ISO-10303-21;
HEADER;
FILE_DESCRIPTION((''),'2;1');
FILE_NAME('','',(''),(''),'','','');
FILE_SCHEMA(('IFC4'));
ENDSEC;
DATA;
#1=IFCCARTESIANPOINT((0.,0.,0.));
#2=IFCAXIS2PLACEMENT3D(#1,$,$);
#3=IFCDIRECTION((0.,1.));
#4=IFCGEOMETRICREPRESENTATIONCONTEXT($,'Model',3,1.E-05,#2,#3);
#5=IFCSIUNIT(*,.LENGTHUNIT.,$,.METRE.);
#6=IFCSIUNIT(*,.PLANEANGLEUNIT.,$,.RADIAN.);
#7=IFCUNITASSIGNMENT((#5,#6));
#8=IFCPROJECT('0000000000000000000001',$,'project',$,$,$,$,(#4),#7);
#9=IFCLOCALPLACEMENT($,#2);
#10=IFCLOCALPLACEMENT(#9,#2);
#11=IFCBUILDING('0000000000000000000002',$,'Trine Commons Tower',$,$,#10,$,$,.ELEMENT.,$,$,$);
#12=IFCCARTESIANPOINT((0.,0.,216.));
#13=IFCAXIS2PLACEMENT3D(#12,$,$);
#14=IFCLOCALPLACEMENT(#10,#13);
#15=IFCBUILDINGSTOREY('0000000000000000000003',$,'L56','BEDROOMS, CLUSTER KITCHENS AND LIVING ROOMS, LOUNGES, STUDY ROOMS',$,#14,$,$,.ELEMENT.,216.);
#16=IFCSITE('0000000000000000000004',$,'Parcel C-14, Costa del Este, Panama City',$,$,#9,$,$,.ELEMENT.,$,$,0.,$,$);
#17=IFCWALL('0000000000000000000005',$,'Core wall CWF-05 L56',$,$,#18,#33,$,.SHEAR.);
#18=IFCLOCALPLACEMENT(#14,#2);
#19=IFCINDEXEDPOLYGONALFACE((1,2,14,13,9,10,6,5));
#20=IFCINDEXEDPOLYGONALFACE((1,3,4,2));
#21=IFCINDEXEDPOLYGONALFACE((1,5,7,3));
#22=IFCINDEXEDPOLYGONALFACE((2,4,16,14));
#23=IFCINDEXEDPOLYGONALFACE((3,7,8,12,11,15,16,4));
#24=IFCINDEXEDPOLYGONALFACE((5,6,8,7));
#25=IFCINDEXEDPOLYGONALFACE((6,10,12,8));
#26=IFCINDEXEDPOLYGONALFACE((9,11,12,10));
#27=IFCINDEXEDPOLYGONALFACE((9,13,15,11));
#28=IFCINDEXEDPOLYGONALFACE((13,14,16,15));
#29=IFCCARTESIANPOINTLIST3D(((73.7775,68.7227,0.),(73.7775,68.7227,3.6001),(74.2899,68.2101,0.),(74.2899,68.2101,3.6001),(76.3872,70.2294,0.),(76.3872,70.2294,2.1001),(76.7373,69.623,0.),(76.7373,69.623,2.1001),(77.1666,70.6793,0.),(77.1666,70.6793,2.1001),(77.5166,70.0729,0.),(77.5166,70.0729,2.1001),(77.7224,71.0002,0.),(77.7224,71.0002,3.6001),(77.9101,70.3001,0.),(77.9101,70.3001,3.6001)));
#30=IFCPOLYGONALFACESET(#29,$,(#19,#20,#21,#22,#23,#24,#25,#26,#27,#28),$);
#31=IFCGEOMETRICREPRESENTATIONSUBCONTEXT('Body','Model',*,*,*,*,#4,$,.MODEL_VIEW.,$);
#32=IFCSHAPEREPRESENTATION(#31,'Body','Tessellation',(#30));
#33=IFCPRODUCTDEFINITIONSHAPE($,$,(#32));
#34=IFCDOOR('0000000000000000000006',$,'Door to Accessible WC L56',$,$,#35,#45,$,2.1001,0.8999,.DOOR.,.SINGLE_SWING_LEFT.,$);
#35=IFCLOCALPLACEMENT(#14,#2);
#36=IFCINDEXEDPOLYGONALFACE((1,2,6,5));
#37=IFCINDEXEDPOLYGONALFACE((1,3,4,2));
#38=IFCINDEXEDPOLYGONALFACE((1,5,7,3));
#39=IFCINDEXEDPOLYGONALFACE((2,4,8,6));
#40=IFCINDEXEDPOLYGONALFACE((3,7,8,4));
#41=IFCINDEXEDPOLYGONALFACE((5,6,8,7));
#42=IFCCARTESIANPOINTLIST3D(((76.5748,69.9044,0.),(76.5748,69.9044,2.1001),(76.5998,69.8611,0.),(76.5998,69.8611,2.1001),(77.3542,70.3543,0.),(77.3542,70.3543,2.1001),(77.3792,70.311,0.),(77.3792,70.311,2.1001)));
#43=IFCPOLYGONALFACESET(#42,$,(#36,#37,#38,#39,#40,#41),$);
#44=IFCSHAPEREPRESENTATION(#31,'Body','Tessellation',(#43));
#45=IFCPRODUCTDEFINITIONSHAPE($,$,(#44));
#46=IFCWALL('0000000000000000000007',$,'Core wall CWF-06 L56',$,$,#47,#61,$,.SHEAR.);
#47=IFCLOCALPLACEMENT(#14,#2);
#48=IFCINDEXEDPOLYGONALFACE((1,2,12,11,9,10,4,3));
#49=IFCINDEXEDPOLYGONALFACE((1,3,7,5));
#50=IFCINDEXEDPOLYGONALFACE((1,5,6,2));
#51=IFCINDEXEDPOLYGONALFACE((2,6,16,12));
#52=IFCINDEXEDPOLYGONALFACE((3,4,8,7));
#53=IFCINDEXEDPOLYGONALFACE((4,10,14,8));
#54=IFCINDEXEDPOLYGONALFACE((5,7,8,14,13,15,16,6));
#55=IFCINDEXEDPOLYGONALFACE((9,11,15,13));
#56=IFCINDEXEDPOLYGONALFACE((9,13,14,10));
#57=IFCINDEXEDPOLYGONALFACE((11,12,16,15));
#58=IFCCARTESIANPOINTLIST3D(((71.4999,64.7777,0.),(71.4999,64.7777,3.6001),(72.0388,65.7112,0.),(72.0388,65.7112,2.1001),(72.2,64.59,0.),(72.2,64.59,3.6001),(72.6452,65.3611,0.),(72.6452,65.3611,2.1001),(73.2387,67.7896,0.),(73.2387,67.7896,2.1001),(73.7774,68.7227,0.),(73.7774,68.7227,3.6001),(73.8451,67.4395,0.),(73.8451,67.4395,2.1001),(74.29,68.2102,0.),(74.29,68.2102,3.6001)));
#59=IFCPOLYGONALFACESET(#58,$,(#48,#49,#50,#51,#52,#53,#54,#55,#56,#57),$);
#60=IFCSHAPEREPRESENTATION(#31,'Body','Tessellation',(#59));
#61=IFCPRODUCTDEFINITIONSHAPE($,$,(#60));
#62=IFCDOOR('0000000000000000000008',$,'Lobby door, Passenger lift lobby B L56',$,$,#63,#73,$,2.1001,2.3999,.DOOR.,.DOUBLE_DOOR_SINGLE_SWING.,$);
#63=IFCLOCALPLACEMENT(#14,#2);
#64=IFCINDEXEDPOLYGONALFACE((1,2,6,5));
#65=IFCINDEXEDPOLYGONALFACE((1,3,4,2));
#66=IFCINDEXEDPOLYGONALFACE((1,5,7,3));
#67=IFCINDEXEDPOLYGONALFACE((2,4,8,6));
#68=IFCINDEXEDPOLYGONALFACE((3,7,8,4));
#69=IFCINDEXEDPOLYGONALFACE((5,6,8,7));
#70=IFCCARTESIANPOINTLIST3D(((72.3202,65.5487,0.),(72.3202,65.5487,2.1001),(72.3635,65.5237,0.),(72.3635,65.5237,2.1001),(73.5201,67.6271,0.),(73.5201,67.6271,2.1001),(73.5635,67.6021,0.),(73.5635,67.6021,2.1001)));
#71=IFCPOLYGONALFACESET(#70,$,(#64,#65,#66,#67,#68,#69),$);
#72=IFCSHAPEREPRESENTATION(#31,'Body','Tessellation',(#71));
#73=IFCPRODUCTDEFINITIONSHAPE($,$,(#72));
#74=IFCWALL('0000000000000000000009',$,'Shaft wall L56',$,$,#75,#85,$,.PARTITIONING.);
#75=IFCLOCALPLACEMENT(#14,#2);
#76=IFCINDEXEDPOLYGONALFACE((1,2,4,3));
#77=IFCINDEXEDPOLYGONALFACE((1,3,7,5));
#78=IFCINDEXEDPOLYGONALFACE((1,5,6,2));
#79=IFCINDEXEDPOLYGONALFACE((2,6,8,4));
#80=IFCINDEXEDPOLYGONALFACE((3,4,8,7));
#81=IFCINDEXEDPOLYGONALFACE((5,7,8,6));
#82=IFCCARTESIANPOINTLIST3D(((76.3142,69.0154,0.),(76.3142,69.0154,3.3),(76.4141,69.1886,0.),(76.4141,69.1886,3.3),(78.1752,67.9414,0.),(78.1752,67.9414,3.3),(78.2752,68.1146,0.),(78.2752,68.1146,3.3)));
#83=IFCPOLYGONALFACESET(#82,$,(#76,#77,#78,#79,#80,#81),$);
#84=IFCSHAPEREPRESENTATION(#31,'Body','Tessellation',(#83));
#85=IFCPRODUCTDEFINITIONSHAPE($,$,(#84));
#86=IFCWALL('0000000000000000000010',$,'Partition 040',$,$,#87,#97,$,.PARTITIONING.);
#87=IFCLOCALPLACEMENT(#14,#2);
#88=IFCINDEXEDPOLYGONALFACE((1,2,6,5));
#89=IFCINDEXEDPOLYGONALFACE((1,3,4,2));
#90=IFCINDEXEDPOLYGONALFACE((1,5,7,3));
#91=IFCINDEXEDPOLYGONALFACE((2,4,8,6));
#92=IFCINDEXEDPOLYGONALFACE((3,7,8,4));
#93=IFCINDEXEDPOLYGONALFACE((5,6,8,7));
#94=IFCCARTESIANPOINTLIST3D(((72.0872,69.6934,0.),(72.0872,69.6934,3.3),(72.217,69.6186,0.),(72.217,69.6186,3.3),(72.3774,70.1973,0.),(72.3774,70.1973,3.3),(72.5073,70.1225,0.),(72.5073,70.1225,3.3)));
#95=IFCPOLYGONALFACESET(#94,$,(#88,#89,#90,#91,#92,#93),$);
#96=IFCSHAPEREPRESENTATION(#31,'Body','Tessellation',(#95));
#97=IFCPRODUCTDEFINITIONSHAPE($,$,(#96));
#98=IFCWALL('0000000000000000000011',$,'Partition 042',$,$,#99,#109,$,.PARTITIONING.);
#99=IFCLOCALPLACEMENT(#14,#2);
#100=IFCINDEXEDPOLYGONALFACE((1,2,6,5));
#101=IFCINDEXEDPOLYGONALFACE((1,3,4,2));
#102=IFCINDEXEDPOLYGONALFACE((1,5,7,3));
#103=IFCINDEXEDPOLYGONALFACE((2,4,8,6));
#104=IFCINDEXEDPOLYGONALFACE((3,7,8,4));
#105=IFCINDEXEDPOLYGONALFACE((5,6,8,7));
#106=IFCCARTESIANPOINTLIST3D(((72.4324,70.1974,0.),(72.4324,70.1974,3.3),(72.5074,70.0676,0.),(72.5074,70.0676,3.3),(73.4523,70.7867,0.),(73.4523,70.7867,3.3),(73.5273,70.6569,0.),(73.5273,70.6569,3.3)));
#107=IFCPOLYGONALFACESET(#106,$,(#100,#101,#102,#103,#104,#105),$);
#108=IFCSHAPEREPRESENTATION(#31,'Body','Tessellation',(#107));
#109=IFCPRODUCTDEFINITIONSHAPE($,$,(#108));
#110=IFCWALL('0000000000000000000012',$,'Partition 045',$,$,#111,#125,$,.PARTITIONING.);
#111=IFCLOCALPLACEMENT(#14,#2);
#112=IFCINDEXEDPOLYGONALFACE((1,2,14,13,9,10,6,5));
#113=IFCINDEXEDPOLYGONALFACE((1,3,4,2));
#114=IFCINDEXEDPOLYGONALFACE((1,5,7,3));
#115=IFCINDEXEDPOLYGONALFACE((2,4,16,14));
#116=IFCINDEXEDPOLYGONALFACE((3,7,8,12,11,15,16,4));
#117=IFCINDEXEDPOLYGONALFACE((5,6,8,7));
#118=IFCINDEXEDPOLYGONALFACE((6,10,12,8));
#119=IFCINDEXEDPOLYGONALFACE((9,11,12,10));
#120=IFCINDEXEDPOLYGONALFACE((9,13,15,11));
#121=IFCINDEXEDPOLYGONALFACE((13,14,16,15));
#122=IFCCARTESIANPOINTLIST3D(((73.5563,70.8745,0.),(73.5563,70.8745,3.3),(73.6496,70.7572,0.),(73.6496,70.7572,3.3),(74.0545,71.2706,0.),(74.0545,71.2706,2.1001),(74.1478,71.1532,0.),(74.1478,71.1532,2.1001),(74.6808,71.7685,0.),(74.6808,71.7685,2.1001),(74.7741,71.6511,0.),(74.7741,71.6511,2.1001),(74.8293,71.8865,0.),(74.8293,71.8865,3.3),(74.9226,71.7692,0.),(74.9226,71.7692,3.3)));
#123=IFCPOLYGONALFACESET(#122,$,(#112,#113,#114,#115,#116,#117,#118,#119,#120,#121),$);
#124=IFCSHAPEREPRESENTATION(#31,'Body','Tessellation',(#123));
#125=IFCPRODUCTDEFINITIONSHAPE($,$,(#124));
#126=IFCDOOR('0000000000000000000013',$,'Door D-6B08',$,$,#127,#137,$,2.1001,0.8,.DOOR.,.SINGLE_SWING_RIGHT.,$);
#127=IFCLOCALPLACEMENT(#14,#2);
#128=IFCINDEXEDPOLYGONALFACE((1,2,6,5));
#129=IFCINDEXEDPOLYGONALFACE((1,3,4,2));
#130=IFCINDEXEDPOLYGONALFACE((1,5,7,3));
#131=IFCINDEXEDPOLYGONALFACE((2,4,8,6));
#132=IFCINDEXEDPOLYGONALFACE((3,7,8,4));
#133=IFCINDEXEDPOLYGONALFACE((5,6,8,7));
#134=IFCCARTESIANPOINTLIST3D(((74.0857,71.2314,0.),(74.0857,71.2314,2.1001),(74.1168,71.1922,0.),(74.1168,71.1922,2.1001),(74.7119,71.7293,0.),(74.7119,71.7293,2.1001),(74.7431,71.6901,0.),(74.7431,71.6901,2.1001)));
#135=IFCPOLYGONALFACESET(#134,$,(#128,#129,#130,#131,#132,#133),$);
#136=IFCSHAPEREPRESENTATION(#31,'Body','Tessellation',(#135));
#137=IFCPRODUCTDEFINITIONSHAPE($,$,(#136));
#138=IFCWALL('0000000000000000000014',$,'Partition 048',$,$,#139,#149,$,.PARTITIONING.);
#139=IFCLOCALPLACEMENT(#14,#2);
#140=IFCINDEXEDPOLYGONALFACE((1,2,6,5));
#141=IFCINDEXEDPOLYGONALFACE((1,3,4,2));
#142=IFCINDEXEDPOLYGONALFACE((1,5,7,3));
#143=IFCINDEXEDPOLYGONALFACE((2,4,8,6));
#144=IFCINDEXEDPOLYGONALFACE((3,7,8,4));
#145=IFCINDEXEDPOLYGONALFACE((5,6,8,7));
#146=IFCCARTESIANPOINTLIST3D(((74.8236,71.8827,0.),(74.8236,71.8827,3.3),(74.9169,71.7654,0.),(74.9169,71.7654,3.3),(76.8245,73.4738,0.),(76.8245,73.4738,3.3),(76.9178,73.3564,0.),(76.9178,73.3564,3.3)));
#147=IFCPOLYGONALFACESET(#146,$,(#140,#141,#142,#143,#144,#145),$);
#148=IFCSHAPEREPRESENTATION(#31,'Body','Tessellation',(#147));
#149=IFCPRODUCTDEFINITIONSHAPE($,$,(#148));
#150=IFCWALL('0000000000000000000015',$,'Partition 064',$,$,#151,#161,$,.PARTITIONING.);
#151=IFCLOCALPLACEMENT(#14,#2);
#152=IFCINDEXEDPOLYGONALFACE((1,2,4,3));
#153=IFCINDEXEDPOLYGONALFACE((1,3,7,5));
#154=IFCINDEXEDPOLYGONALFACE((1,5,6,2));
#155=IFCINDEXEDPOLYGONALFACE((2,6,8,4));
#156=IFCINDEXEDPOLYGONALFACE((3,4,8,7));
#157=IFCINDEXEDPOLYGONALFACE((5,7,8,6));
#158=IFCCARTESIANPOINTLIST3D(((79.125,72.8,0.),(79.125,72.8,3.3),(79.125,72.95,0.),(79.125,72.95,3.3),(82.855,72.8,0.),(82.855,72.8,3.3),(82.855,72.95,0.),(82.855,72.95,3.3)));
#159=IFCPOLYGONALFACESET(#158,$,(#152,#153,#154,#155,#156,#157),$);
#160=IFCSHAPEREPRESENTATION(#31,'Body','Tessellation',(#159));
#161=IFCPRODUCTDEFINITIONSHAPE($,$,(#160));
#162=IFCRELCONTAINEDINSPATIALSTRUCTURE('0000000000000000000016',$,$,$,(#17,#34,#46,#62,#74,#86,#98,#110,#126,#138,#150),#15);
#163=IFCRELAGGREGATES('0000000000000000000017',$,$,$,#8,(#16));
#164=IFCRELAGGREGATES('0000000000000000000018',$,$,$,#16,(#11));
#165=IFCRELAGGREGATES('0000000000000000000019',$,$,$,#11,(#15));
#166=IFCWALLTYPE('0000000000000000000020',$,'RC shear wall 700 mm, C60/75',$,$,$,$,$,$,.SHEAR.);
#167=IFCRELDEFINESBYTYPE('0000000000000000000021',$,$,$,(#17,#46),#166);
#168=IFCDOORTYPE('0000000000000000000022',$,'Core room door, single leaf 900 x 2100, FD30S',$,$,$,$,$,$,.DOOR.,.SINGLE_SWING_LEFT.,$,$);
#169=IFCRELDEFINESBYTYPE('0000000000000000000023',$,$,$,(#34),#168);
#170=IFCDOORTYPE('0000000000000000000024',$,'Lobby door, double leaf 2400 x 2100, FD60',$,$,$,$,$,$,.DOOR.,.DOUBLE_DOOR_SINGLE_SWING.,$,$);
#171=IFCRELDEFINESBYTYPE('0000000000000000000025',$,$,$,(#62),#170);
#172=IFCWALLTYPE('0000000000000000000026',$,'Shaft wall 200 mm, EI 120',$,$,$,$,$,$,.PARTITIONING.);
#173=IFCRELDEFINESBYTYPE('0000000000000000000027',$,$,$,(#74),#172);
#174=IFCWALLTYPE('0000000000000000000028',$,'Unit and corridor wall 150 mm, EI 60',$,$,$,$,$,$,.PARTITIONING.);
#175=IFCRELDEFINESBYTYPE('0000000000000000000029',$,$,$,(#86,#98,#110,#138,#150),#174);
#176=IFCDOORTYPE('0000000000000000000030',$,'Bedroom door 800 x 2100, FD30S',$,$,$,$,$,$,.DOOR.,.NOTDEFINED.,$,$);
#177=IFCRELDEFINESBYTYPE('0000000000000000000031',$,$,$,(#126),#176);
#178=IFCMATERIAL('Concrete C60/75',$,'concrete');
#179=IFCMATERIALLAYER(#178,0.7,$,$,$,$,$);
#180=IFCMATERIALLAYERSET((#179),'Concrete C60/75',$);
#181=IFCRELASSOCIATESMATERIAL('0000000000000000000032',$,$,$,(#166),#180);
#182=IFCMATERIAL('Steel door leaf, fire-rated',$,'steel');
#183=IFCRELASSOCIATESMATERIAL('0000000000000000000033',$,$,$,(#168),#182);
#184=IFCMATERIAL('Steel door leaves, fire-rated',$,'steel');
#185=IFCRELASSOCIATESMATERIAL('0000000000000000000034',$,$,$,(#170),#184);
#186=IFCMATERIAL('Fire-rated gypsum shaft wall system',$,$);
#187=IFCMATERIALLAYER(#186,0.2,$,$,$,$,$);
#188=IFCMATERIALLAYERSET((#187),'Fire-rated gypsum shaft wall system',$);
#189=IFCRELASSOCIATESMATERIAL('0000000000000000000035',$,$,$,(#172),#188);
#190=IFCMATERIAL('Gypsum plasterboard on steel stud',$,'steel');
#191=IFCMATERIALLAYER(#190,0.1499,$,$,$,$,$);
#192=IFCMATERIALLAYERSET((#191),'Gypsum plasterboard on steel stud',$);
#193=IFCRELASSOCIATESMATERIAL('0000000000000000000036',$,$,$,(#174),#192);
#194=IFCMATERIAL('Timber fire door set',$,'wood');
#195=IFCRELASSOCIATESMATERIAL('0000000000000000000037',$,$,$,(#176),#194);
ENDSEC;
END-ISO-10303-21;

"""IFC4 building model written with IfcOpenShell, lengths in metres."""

from ifc_helpers import new_model, si_unit, direction, frame, frame_2d, origin, place, context, subcontext, project, spatial, polyline, rectangle, outline, extrude, material, layer, layer_set, type_object, element, fill, save


model = new_model("IFC4")

# Units and contexts
model_context = context("Model", 3, precision=1e-05, world=origin(), true_north=direction((0.0, 1.0)))
body_context = subcontext(model_context, "Body", "Model", "MODEL_VIEW")
ifc_project = project(units=[si_unit("LENGTHUNIT", "METRE"), si_unit("PLANEANGLEUNIT", "RADIAN")], contexts=[model_context])

# Site, building, storey
site_placement = place(None, origin())
site = spatial("IfcSite", under=ifc_project, at=site_placement, Name="Parcel C-14, Costa del Este, Panama City", CompositionType="ELEMENT", RefElevation=0.0)
building_placement = place(site_placement, origin())
building = spatial("IfcBuilding", under=site, at=building_placement, Name="Trine Commons Tower", CompositionType="ELEMENT")
storey_placement = place(building_placement, frame((0.0, 0.0, 216.0)))
storey = spatial("IfcBuildingStorey", under=building, at=storey_placement, Name="L56", Description="BEDROOMS, CLUSTER KITCHENS AND LIVING ROOMS, LOUNGES, STUDY ROOMS", CompositionType="ELEMENT", Elevation=216.0)

# Walls, openings, doors
ifc_material_1 = material(Name="Concrete C60/75", Category="concrete")
ifc_layer_1 = layer(ifc_material_1, 0.7)
ifc_layer_set_1 = layer_set([ifc_layer_1], Name="Concrete C60/75")
wall_type_1 = type_object("IfcWallType", Name="RC shear wall 700 mm, C60/75", PredefinedType="SHEAR", material=ifc_layer_set_1)
wall_1_placement = place(storey_placement, frame((77.8975, 70.697, 0.0), z_axis=(0.0, 0.0, 1.0), x_axis=(-0.866035, -0.499984, 0.0)))
wall_1 = element("IfcWall", 1, at=wall_1_placement, inside=storey, type_object=wall_type_1, Name="Core wall CWF-05 L56", PredefinedType="SHEAR", context=body_context, shape_type="SweptSolid", body=[
    extrude(outline(polyline([(0.0, -0.3501), (4.5552, -0.3501), (4.3677, 0.3501), (0.1875, 0.3501), (0.0, -0.3501)])), origin(), (0.0, 0.0, 1.0), 3.6001),
])
opening_1_placement = place(wall_1_placement, frame((0.6418, 0.0, 0.0)))
opening_1 = element("IfcOpeningElement", 2, at=opening_1_placement, cuts=wall_1, PredefinedType="OPENING", context=body_context, shape_type="SweptSolid", body=[
    extrude(rectangle(XDim=0.8999, YDim=2.1001, at=frame_2d((0.45, 1.05))), frame((0.0, 0.3599, 0.0), z_axis=(0.0, -1.0, 0.0), x_axis=(1.0, 0.0, 0.0)), (0.0, 0.0, 1.0), 0.72),
])
ifc_material_2 = material(Name="Steel door leaf, fire-rated", Category="steel")
door_type_1 = type_object("IfcDoorType", Name="Core room door, single leaf 900 x 2100, FD30S", OperationType="SINGLE_SWING_LEFT", PredefinedType="DOOR", material=ifc_material_2)
door_1_placement = place(opening_1_placement, origin())
door_1 = element("IfcDoor", 3, at=door_1_placement, inside=storey, type_object=door_type_1, Name="Door to Accessible WC L56", OperationType="SINGLE_SWING_LEFT", OverallHeight=2.1001, OverallWidth=0.8999, PredefinedType="DOOR", context=body_context, shape_type="SweptSolid", body=[
    extrude(rectangle(XDim=0.8999, YDim=2.1001, at=frame_2d((0.45, 1.05))), frame((0.0, 0.0752, 0.0), z_axis=(0.0, -1.0, 0.0), x_axis=(1.0, 0.0, 0.0)), (0.0, 0.0, 1.0), 0.05),
])
fill(opening_1, door_1)
wall_2_placement = place(storey_placement, frame((74.0806, 68.5476, 0.0), z_axis=(0.0, 0.0, 1.0), x_axis=(-0.499984, -0.866035, 0.0)))
wall_2 = element("IfcWall", 4, at=wall_2_placement, inside=storey, type_object=wall_type_1, Name="Core wall CWF-06 L56", PredefinedType="SHEAR", context=body_context, shape_type="SweptSolid", body=[
    extrude(outline(polyline([(0.0, -0.3501), (4.5552, -0.3501), (4.3677, 0.3501), (0.1875, 0.3501), (0.0, -0.3501)])), origin(), (0.0, 0.0, 1.0), 3.6001),
])
opening_2_placement = place(wall_2_placement, frame((1.0774, 0.0, 0.0)))
opening_2 = element("IfcOpeningElement", 5, at=opening_2_placement, cuts=wall_2, PredefinedType="OPENING", context=body_context, shape_type="SweptSolid", body=[
    extrude(rectangle(XDim=2.3999, YDim=2.1001, at=frame_2d((1.2, 1.05))), frame((0.0, 0.3599, 0.0), z_axis=(0.0, -1.0, 0.0), x_axis=(1.0, 0.0, 0.0)), (0.0, 0.0, 1.0), 0.72),
])
ifc_material_3 = material(Name="Steel door leaves, fire-rated", Category="steel")
door_type_2 = type_object("IfcDoorType", Name="Lobby door, double leaf 2400 x 2100, FD60", OperationType="DOUBLE_DOOR_SINGLE_SWING", PredefinedType="DOOR", material=ifc_material_3)
door_2_placement = place(opening_2_placement, origin())
door_2 = element("IfcDoor", 6, at=door_2_placement, inside=storey, type_object=door_type_2, Name="Lobby door, Passenger lift lobby B L56", OperationType="DOUBLE_DOOR_SINGLE_SWING", OverallHeight=2.1001, OverallWidth=2.3999, PredefinedType="DOOR", context=body_context, shape_type="SweptSolid", body=[
    extrude(rectangle(XDim=2.3999, YDim=2.1001, at=frame_2d((1.2, 1.05))), frame((0.0, 0.0249, 0.0), z_axis=(0.0, -1.0, 0.0), x_axis=(1.0, 0.0, 0.0)), (0.0, 0.0, 1.0), 0.05),
])
fill(opening_2, door_2)

# Walls
ifc_material_4 = material(Name="Fire-rated gypsum shaft wall system")
ifc_layer_2 = layer(ifc_material_4, 0.2)
ifc_layer_set_2 = layer_set([ifc_layer_2], Name="Fire-rated gypsum shaft wall system")
wall_type_2 = type_object("IfcWallType", Name="Shaft wall 200 mm, EI 120", PredefinedType="PARTITIONING", material=ifc_layer_set_2)
wall_3_placement = place(storey_placement, frame((78.2251, 68.0281, 0.0), z_axis=(0.0, 0.0, 1.0), x_axis=(-0.866131, 0.499818, 0.0)))
element("IfcWall", 7, at=wall_3_placement, inside=storey, type_object=wall_type_2, Name="Shaft wall L56", PredefinedType="PARTITIONING", context=body_context, shape_type="SweptSolid", body=[
    extrude(rectangle(XDim=2.1487, YDim=0.2, at=frame_2d((1.0742, 0.0))), origin(), (0.0, 0.0, 1.0), 3.3),
])
ifc_material_5 = material(Name="Gypsum plasterboard on steel stud", Category="steel")
ifc_layer_3 = layer(ifc_material_5, 0.1499)
ifc_layer_set_3 = layer_set([ifc_layer_3], Name="Gypsum plasterboard on steel stud")
wall_type_3 = type_object("IfcWallType", Name="Unit and corridor wall 150 mm, EI 60", PredefinedType="PARTITIONING", material=ifc_layer_set_3)
wall_4_placement = place(storey_placement, frame((72.1521, 69.656, 0.0), z_axis=(0.0, 0.0, 1.0), x_axis=(0.499165, 0.866507, 0.0)))
element("IfcWall", 8, at=wall_4_placement, inside=storey, type_object=wall_type_3, Name="Partition 040", PredefinedType="PARTITIONING", context=body_context, shape_type="SweptSolid", body=[
    extrude(rectangle(XDim=0.5815, YDim=0.1499, at=frame_2d((0.2908, 0.0))), origin(), (0.0, 0.0, 1.0), 3.3),
])
wall_5_placement = place(storey_placement, frame((72.47, 70.1326, 0.0), z_axis=(0.0, 0.0, 1.0), x_axis=(0.865861, 0.500285, 0.0)))
element("IfcWall", 9, at=wall_5_placement, inside=storey, type_object=wall_type_3, Name="Partition 042", PredefinedType="PARTITIONING", context=body_context, shape_type="SweptSolid", body=[
    extrude(rectangle(XDim=1.178, YDim=0.1499, at=frame_2d((0.5889, 0.0))), origin(), (0.0, 0.0, 1.0), 3.3),
])

# Wall, opening, door
wall_6_placement = place(storey_placement, frame((73.603, 70.8159, 0.0), z_axis=(0.0, 0.0, 1.0), x_axis=(0.782784, 0.622294, 0.0)))
wall_6 = element("IfcWall", 10, at=wall_6_placement, inside=storey, type_object=wall_type_3, Name="Partition 045", PredefinedType="PARTITIONING", context=body_context, shape_type="SweptSolid", body=[
    extrude(rectangle(XDim=1.6262, YDim=0.1499, at=frame_2d((0.813, 0.0))), origin(), (0.0, 0.0, 1.0), 3.3),
])
opening_3_placement = place(wall_6_placement, frame((0.6365, 0.0, 0.0)))
opening_3 = element("IfcOpeningElement", 11, at=opening_3_placement, cuts=wall_6, PredefinedType="OPENING", context=body_context, shape_type="SweptSolid", body=[
    extrude(rectangle(XDim=0.8, YDim=2.1001, at=frame_2d((0.3999, 1.05))), frame((0.0, 0.085, 0.0), z_axis=(0.0, -1.0, 0.0), x_axis=(1.0, 0.0, 0.0)), (0.0, 0.0, 1.0), 0.1699),
])
ifc_material_6 = material(Name="Timber fire door set", Category="wood")
door_type_3 = type_object("IfcDoorType", Name="Bedroom door 800 x 2100, FD30S", OperationType="NOTDEFINED", PredefinedType="DOOR", material=ifc_material_6)
door_3_placement = place(opening_3_placement, origin())
door_3 = element("IfcDoor", 12, at=door_3_placement, inside=storey, type_object=door_type_3, Name="Door D-6B08", OperationType="SINGLE_SWING_RIGHT", OverallHeight=2.1001, OverallWidth=0.8, PredefinedType="DOOR", context=body_context, shape_type="SweptSolid", body=[
    extrude(rectangle(XDim=0.8, YDim=2.1001, at=frame_2d((0.3999, 1.05))), frame((0.0, 0.0249, 0.0), z_axis=(0.0, -1.0, 0.0), x_axis=(1.0, 0.0, 0.0)), (0.0, 0.0, 1.0), 0.05),
])
fill(opening_3, door_3)

# Walls
wall_7_placement = place(storey_placement, frame((74.8701, 71.824, 0.0), z_axis=(0.0, 0.0, 1.0), x_axis=(0.782719, 0.622375, 0.0)))
element("IfcWall", 13, at=wall_7_placement, inside=storey, type_object=wall_type_3, Name="Partition 048", PredefinedType="PARTITIONING", context=body_context, shape_type="SweptSolid", body=[
    extrude(rectangle(XDim=2.5564, YDim=0.1499, at=frame_2d((1.2783, 0.0))), origin(), (0.0, 0.0, 1.0), 3.3),
])
wall_8_placement = place(storey_placement, frame((79.125, 72.875, 0.0), z_axis=(0.0, 0.0, 1.0), x_axis=(1.0, 0.0, 0.0)))
element("IfcWall", 14, at=wall_8_placement, inside=storey, type_object=wall_type_3, Name="Partition 064", PredefinedType="PARTITIONING", context=body_context, shape_type="SweptSolid", body=[
    extrude(rectangle(XDim=3.73, YDim=0.1499, at=frame_2d((1.865, 0.0))), origin(), (0.0, 0.0, 1.0), 3.3),
])

save(model, "model.ifc")
